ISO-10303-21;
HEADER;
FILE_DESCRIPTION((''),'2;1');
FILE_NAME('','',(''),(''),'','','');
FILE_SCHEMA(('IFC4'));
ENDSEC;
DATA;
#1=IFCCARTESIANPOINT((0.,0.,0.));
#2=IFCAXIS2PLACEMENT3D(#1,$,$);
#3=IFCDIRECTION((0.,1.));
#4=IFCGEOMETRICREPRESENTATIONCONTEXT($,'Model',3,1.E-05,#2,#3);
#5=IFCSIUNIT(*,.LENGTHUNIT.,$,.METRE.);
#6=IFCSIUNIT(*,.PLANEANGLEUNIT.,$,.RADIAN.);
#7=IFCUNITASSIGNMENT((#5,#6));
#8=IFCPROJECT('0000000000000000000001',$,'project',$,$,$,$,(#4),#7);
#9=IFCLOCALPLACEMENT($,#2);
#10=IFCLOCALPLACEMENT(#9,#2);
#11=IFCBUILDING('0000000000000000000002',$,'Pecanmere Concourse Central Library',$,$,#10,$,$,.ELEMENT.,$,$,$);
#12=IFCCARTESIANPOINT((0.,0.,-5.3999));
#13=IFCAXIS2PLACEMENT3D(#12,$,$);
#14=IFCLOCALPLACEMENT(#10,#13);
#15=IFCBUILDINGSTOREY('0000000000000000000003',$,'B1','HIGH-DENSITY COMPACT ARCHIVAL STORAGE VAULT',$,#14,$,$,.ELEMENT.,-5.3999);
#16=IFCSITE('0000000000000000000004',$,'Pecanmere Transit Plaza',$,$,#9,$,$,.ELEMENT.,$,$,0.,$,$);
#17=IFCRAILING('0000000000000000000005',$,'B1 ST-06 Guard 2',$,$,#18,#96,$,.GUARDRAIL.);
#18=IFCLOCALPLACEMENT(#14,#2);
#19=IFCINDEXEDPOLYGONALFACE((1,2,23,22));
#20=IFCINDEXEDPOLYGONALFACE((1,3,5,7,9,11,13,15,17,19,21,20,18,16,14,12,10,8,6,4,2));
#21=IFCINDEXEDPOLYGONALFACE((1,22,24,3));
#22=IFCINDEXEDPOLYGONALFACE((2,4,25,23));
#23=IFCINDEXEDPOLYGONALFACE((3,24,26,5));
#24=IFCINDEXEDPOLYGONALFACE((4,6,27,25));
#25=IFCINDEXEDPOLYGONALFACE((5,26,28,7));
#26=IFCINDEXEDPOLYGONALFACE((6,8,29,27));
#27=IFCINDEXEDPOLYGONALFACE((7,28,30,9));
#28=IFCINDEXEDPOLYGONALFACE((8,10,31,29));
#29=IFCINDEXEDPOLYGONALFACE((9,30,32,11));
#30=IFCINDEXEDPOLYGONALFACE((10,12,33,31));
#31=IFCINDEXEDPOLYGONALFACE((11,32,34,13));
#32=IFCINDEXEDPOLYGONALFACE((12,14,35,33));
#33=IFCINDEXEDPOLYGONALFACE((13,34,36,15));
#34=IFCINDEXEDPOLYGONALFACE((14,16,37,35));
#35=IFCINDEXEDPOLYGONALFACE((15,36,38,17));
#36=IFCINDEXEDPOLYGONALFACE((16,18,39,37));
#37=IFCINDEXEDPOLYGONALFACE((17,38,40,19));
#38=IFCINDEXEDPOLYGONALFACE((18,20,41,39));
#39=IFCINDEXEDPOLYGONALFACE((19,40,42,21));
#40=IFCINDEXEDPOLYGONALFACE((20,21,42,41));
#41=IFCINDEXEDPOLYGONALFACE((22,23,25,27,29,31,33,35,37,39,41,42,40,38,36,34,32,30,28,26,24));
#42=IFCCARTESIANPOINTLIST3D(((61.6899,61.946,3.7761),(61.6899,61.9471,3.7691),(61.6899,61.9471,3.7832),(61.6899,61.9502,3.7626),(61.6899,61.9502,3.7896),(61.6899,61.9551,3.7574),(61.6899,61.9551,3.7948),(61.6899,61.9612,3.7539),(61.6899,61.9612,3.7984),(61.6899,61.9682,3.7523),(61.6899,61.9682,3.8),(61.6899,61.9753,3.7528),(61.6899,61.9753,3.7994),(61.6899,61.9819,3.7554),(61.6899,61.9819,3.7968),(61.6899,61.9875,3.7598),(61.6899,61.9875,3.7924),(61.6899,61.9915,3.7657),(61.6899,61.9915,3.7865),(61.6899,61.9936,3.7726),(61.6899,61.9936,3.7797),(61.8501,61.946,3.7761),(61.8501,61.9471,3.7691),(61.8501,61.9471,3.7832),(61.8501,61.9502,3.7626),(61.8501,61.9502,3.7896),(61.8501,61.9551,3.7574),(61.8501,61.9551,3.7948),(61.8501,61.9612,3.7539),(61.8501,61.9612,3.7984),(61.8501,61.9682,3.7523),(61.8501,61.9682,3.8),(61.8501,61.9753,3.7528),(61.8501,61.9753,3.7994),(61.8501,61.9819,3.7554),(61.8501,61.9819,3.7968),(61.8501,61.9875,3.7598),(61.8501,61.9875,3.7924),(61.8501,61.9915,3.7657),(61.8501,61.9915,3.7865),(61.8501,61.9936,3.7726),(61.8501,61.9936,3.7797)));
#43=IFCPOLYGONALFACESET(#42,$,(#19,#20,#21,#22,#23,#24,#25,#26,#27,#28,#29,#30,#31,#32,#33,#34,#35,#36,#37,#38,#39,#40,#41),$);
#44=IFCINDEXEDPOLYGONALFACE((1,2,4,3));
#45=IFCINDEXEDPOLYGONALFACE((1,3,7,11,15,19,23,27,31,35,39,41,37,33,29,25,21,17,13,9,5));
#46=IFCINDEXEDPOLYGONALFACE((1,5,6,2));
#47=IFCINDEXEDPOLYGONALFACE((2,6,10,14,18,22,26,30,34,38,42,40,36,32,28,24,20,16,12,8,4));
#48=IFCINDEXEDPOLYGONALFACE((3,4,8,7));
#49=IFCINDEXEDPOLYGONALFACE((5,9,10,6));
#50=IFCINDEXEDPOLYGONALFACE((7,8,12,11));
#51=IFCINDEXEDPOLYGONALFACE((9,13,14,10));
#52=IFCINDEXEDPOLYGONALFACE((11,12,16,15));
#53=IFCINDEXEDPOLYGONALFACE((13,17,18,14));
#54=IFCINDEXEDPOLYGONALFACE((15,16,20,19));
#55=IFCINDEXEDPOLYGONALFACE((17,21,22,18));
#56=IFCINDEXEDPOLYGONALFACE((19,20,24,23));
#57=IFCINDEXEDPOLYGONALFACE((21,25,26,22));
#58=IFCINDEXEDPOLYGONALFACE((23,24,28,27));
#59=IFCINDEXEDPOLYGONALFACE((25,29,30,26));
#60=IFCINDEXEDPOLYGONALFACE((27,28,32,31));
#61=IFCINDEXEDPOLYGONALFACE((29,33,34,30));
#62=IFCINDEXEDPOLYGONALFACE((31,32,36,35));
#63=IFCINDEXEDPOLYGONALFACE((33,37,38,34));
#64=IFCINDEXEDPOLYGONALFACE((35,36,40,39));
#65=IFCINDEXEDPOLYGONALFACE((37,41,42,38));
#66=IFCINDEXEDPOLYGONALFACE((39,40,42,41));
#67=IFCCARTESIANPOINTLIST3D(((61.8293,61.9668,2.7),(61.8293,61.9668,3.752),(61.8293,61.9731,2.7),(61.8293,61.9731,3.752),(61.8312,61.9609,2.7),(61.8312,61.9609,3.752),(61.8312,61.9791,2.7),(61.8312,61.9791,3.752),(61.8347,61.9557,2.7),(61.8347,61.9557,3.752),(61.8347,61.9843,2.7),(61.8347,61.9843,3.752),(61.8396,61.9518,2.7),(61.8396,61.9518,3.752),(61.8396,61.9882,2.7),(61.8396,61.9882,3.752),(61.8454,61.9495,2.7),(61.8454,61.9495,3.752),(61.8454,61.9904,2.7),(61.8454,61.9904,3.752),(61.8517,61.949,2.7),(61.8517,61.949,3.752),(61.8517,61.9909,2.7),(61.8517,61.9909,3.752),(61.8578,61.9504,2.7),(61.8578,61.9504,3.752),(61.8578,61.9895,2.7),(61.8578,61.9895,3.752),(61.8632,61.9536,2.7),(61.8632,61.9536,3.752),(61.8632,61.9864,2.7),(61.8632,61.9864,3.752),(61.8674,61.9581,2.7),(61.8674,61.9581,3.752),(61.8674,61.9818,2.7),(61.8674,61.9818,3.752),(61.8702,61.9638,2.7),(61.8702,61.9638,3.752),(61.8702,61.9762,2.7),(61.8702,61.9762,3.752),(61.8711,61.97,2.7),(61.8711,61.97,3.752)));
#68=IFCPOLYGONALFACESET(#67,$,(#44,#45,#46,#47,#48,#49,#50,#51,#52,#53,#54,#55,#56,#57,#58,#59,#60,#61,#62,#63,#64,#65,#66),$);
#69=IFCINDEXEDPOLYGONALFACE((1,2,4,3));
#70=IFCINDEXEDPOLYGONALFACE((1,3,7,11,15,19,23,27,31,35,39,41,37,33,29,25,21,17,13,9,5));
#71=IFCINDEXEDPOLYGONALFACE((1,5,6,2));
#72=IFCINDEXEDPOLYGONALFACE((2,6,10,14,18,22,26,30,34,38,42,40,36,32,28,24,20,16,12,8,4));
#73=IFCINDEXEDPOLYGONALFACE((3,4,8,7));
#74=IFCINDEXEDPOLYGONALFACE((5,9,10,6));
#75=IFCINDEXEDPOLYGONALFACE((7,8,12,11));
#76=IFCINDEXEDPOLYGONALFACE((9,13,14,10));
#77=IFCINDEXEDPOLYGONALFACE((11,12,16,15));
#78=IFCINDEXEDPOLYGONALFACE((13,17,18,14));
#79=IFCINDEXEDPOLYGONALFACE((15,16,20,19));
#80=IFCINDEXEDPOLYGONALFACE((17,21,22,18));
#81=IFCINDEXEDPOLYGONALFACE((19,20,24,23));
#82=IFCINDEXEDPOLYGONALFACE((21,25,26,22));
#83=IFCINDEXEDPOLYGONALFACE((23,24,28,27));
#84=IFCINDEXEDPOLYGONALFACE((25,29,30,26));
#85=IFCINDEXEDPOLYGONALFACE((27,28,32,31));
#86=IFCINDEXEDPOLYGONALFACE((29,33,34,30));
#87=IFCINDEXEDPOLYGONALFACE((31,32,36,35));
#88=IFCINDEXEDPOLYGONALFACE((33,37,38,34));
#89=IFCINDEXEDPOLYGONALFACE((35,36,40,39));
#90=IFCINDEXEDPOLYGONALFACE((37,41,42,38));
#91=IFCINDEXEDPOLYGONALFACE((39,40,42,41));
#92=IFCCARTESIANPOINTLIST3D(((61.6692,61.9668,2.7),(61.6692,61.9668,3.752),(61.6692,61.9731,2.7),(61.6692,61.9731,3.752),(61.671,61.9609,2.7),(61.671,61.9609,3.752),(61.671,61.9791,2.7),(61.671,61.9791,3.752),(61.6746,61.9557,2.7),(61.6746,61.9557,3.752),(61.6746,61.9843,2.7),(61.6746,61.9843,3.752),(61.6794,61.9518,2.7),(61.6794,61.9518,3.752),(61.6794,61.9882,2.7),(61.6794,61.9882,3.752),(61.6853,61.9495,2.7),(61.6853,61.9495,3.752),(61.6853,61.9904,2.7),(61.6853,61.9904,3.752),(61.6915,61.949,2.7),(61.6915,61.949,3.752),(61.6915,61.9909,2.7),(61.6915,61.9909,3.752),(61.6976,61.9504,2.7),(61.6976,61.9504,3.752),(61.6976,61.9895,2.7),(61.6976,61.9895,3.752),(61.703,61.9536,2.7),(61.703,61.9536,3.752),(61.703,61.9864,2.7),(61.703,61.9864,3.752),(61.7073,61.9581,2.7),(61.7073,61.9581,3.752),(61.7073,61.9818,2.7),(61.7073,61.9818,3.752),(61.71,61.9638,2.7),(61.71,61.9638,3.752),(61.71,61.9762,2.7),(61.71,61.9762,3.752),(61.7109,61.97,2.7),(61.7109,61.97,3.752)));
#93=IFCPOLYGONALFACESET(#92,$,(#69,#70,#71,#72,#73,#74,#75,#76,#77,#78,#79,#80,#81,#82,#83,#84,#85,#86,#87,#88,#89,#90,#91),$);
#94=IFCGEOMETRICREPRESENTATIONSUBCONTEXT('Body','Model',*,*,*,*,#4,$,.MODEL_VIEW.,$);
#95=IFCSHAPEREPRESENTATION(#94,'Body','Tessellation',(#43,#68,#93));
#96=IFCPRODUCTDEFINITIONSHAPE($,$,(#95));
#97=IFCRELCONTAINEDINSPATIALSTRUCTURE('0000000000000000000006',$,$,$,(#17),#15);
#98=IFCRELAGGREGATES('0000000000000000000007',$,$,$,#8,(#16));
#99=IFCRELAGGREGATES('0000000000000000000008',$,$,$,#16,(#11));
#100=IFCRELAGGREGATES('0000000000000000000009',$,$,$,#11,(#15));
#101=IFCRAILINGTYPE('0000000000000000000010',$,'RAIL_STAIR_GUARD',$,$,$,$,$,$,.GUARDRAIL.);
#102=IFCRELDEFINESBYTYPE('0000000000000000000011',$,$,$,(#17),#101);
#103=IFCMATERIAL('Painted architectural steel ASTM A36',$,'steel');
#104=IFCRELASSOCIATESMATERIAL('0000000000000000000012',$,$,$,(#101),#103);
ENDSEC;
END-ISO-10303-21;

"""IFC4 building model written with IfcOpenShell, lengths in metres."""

from ifc_helpers import new_model, si_unit, direction, frame, origin, origin_2d, place, context, subcontext, project, spatial, circle, extrude, material, type_object, element, save


model = new_model("IFC4")

# Units and contexts
model_context = context("Model", 3, precision=1e-05, world=origin(), true_north=direction((0.0, 1.0)))
body_context = subcontext(model_context, "Body", "Model", "MODEL_VIEW")
ifc_project = project(units=[si_unit("LENGTHUNIT", "METRE"), si_unit("PLANEANGLEUNIT", "RADIAN")], contexts=[model_context])

# Site, building, storey
site_placement = place(None, origin())
site = spatial("IfcSite", under=ifc_project, at=site_placement, Name="Pecanmere Transit Plaza", CompositionType="ELEMENT", RefElevation=0.0)
building_placement = place(site_placement, origin())
building = spatial("IfcBuilding", under=site, at=building_placement, Name="Pecanmere Concourse Central Library", CompositionType="ELEMENT")
storey_placement = place(building_placement, frame((0.0, 0.0, -5.3999)))
storey = spatial("IfcBuildingStorey", under=building, at=storey_placement, Name="B1", Description="HIGH-DENSITY COMPACT ARCHIVAL STORAGE VAULT", CompositionType="ELEMENT", Elevation=-5.3999)

# Railing
ifc_material_1 = material(Name="Painted architectural steel ASTM A36", Category="steel")
railing_type_1 = type_object("IfcRailingType", Name="RAIL_STAIR_GUARD", PredefinedType="GUARDRAIL", material=ifc_material_1)
railing_1_placement = place(storey_placement, frame((61.8501, 61.97, 2.7)))
element("IfcRailing", 1, at=railing_1_placement, inside=storey, type_object=railing_type_1, Name="B1 ST-06 Guard 2", PredefinedType="GUARDRAIL", context=body_context, shape_type="SweptSolid", body=[
    extrude(circle(Radius=0.0239, at=origin_2d()), frame((0.0, 0.0, 1.0762), z_axis=(-1.0, 0.0, 0.0), x_axis=(0.0, -1.0, 0.0)), (0.0, 0.0, 1.0), 0.1602),
    extrude(circle(Radius=0.021, at=origin_2d()), origin(), (0.0, 0.0, 1.0), 1.052),
    extrude(circle(Radius=0.021, at=origin_2d()), frame((-0.1602, 0.0, 0.0)), (0.0, 0.0, 1.0), 1.052),
])

save(model, "model.ifc")
